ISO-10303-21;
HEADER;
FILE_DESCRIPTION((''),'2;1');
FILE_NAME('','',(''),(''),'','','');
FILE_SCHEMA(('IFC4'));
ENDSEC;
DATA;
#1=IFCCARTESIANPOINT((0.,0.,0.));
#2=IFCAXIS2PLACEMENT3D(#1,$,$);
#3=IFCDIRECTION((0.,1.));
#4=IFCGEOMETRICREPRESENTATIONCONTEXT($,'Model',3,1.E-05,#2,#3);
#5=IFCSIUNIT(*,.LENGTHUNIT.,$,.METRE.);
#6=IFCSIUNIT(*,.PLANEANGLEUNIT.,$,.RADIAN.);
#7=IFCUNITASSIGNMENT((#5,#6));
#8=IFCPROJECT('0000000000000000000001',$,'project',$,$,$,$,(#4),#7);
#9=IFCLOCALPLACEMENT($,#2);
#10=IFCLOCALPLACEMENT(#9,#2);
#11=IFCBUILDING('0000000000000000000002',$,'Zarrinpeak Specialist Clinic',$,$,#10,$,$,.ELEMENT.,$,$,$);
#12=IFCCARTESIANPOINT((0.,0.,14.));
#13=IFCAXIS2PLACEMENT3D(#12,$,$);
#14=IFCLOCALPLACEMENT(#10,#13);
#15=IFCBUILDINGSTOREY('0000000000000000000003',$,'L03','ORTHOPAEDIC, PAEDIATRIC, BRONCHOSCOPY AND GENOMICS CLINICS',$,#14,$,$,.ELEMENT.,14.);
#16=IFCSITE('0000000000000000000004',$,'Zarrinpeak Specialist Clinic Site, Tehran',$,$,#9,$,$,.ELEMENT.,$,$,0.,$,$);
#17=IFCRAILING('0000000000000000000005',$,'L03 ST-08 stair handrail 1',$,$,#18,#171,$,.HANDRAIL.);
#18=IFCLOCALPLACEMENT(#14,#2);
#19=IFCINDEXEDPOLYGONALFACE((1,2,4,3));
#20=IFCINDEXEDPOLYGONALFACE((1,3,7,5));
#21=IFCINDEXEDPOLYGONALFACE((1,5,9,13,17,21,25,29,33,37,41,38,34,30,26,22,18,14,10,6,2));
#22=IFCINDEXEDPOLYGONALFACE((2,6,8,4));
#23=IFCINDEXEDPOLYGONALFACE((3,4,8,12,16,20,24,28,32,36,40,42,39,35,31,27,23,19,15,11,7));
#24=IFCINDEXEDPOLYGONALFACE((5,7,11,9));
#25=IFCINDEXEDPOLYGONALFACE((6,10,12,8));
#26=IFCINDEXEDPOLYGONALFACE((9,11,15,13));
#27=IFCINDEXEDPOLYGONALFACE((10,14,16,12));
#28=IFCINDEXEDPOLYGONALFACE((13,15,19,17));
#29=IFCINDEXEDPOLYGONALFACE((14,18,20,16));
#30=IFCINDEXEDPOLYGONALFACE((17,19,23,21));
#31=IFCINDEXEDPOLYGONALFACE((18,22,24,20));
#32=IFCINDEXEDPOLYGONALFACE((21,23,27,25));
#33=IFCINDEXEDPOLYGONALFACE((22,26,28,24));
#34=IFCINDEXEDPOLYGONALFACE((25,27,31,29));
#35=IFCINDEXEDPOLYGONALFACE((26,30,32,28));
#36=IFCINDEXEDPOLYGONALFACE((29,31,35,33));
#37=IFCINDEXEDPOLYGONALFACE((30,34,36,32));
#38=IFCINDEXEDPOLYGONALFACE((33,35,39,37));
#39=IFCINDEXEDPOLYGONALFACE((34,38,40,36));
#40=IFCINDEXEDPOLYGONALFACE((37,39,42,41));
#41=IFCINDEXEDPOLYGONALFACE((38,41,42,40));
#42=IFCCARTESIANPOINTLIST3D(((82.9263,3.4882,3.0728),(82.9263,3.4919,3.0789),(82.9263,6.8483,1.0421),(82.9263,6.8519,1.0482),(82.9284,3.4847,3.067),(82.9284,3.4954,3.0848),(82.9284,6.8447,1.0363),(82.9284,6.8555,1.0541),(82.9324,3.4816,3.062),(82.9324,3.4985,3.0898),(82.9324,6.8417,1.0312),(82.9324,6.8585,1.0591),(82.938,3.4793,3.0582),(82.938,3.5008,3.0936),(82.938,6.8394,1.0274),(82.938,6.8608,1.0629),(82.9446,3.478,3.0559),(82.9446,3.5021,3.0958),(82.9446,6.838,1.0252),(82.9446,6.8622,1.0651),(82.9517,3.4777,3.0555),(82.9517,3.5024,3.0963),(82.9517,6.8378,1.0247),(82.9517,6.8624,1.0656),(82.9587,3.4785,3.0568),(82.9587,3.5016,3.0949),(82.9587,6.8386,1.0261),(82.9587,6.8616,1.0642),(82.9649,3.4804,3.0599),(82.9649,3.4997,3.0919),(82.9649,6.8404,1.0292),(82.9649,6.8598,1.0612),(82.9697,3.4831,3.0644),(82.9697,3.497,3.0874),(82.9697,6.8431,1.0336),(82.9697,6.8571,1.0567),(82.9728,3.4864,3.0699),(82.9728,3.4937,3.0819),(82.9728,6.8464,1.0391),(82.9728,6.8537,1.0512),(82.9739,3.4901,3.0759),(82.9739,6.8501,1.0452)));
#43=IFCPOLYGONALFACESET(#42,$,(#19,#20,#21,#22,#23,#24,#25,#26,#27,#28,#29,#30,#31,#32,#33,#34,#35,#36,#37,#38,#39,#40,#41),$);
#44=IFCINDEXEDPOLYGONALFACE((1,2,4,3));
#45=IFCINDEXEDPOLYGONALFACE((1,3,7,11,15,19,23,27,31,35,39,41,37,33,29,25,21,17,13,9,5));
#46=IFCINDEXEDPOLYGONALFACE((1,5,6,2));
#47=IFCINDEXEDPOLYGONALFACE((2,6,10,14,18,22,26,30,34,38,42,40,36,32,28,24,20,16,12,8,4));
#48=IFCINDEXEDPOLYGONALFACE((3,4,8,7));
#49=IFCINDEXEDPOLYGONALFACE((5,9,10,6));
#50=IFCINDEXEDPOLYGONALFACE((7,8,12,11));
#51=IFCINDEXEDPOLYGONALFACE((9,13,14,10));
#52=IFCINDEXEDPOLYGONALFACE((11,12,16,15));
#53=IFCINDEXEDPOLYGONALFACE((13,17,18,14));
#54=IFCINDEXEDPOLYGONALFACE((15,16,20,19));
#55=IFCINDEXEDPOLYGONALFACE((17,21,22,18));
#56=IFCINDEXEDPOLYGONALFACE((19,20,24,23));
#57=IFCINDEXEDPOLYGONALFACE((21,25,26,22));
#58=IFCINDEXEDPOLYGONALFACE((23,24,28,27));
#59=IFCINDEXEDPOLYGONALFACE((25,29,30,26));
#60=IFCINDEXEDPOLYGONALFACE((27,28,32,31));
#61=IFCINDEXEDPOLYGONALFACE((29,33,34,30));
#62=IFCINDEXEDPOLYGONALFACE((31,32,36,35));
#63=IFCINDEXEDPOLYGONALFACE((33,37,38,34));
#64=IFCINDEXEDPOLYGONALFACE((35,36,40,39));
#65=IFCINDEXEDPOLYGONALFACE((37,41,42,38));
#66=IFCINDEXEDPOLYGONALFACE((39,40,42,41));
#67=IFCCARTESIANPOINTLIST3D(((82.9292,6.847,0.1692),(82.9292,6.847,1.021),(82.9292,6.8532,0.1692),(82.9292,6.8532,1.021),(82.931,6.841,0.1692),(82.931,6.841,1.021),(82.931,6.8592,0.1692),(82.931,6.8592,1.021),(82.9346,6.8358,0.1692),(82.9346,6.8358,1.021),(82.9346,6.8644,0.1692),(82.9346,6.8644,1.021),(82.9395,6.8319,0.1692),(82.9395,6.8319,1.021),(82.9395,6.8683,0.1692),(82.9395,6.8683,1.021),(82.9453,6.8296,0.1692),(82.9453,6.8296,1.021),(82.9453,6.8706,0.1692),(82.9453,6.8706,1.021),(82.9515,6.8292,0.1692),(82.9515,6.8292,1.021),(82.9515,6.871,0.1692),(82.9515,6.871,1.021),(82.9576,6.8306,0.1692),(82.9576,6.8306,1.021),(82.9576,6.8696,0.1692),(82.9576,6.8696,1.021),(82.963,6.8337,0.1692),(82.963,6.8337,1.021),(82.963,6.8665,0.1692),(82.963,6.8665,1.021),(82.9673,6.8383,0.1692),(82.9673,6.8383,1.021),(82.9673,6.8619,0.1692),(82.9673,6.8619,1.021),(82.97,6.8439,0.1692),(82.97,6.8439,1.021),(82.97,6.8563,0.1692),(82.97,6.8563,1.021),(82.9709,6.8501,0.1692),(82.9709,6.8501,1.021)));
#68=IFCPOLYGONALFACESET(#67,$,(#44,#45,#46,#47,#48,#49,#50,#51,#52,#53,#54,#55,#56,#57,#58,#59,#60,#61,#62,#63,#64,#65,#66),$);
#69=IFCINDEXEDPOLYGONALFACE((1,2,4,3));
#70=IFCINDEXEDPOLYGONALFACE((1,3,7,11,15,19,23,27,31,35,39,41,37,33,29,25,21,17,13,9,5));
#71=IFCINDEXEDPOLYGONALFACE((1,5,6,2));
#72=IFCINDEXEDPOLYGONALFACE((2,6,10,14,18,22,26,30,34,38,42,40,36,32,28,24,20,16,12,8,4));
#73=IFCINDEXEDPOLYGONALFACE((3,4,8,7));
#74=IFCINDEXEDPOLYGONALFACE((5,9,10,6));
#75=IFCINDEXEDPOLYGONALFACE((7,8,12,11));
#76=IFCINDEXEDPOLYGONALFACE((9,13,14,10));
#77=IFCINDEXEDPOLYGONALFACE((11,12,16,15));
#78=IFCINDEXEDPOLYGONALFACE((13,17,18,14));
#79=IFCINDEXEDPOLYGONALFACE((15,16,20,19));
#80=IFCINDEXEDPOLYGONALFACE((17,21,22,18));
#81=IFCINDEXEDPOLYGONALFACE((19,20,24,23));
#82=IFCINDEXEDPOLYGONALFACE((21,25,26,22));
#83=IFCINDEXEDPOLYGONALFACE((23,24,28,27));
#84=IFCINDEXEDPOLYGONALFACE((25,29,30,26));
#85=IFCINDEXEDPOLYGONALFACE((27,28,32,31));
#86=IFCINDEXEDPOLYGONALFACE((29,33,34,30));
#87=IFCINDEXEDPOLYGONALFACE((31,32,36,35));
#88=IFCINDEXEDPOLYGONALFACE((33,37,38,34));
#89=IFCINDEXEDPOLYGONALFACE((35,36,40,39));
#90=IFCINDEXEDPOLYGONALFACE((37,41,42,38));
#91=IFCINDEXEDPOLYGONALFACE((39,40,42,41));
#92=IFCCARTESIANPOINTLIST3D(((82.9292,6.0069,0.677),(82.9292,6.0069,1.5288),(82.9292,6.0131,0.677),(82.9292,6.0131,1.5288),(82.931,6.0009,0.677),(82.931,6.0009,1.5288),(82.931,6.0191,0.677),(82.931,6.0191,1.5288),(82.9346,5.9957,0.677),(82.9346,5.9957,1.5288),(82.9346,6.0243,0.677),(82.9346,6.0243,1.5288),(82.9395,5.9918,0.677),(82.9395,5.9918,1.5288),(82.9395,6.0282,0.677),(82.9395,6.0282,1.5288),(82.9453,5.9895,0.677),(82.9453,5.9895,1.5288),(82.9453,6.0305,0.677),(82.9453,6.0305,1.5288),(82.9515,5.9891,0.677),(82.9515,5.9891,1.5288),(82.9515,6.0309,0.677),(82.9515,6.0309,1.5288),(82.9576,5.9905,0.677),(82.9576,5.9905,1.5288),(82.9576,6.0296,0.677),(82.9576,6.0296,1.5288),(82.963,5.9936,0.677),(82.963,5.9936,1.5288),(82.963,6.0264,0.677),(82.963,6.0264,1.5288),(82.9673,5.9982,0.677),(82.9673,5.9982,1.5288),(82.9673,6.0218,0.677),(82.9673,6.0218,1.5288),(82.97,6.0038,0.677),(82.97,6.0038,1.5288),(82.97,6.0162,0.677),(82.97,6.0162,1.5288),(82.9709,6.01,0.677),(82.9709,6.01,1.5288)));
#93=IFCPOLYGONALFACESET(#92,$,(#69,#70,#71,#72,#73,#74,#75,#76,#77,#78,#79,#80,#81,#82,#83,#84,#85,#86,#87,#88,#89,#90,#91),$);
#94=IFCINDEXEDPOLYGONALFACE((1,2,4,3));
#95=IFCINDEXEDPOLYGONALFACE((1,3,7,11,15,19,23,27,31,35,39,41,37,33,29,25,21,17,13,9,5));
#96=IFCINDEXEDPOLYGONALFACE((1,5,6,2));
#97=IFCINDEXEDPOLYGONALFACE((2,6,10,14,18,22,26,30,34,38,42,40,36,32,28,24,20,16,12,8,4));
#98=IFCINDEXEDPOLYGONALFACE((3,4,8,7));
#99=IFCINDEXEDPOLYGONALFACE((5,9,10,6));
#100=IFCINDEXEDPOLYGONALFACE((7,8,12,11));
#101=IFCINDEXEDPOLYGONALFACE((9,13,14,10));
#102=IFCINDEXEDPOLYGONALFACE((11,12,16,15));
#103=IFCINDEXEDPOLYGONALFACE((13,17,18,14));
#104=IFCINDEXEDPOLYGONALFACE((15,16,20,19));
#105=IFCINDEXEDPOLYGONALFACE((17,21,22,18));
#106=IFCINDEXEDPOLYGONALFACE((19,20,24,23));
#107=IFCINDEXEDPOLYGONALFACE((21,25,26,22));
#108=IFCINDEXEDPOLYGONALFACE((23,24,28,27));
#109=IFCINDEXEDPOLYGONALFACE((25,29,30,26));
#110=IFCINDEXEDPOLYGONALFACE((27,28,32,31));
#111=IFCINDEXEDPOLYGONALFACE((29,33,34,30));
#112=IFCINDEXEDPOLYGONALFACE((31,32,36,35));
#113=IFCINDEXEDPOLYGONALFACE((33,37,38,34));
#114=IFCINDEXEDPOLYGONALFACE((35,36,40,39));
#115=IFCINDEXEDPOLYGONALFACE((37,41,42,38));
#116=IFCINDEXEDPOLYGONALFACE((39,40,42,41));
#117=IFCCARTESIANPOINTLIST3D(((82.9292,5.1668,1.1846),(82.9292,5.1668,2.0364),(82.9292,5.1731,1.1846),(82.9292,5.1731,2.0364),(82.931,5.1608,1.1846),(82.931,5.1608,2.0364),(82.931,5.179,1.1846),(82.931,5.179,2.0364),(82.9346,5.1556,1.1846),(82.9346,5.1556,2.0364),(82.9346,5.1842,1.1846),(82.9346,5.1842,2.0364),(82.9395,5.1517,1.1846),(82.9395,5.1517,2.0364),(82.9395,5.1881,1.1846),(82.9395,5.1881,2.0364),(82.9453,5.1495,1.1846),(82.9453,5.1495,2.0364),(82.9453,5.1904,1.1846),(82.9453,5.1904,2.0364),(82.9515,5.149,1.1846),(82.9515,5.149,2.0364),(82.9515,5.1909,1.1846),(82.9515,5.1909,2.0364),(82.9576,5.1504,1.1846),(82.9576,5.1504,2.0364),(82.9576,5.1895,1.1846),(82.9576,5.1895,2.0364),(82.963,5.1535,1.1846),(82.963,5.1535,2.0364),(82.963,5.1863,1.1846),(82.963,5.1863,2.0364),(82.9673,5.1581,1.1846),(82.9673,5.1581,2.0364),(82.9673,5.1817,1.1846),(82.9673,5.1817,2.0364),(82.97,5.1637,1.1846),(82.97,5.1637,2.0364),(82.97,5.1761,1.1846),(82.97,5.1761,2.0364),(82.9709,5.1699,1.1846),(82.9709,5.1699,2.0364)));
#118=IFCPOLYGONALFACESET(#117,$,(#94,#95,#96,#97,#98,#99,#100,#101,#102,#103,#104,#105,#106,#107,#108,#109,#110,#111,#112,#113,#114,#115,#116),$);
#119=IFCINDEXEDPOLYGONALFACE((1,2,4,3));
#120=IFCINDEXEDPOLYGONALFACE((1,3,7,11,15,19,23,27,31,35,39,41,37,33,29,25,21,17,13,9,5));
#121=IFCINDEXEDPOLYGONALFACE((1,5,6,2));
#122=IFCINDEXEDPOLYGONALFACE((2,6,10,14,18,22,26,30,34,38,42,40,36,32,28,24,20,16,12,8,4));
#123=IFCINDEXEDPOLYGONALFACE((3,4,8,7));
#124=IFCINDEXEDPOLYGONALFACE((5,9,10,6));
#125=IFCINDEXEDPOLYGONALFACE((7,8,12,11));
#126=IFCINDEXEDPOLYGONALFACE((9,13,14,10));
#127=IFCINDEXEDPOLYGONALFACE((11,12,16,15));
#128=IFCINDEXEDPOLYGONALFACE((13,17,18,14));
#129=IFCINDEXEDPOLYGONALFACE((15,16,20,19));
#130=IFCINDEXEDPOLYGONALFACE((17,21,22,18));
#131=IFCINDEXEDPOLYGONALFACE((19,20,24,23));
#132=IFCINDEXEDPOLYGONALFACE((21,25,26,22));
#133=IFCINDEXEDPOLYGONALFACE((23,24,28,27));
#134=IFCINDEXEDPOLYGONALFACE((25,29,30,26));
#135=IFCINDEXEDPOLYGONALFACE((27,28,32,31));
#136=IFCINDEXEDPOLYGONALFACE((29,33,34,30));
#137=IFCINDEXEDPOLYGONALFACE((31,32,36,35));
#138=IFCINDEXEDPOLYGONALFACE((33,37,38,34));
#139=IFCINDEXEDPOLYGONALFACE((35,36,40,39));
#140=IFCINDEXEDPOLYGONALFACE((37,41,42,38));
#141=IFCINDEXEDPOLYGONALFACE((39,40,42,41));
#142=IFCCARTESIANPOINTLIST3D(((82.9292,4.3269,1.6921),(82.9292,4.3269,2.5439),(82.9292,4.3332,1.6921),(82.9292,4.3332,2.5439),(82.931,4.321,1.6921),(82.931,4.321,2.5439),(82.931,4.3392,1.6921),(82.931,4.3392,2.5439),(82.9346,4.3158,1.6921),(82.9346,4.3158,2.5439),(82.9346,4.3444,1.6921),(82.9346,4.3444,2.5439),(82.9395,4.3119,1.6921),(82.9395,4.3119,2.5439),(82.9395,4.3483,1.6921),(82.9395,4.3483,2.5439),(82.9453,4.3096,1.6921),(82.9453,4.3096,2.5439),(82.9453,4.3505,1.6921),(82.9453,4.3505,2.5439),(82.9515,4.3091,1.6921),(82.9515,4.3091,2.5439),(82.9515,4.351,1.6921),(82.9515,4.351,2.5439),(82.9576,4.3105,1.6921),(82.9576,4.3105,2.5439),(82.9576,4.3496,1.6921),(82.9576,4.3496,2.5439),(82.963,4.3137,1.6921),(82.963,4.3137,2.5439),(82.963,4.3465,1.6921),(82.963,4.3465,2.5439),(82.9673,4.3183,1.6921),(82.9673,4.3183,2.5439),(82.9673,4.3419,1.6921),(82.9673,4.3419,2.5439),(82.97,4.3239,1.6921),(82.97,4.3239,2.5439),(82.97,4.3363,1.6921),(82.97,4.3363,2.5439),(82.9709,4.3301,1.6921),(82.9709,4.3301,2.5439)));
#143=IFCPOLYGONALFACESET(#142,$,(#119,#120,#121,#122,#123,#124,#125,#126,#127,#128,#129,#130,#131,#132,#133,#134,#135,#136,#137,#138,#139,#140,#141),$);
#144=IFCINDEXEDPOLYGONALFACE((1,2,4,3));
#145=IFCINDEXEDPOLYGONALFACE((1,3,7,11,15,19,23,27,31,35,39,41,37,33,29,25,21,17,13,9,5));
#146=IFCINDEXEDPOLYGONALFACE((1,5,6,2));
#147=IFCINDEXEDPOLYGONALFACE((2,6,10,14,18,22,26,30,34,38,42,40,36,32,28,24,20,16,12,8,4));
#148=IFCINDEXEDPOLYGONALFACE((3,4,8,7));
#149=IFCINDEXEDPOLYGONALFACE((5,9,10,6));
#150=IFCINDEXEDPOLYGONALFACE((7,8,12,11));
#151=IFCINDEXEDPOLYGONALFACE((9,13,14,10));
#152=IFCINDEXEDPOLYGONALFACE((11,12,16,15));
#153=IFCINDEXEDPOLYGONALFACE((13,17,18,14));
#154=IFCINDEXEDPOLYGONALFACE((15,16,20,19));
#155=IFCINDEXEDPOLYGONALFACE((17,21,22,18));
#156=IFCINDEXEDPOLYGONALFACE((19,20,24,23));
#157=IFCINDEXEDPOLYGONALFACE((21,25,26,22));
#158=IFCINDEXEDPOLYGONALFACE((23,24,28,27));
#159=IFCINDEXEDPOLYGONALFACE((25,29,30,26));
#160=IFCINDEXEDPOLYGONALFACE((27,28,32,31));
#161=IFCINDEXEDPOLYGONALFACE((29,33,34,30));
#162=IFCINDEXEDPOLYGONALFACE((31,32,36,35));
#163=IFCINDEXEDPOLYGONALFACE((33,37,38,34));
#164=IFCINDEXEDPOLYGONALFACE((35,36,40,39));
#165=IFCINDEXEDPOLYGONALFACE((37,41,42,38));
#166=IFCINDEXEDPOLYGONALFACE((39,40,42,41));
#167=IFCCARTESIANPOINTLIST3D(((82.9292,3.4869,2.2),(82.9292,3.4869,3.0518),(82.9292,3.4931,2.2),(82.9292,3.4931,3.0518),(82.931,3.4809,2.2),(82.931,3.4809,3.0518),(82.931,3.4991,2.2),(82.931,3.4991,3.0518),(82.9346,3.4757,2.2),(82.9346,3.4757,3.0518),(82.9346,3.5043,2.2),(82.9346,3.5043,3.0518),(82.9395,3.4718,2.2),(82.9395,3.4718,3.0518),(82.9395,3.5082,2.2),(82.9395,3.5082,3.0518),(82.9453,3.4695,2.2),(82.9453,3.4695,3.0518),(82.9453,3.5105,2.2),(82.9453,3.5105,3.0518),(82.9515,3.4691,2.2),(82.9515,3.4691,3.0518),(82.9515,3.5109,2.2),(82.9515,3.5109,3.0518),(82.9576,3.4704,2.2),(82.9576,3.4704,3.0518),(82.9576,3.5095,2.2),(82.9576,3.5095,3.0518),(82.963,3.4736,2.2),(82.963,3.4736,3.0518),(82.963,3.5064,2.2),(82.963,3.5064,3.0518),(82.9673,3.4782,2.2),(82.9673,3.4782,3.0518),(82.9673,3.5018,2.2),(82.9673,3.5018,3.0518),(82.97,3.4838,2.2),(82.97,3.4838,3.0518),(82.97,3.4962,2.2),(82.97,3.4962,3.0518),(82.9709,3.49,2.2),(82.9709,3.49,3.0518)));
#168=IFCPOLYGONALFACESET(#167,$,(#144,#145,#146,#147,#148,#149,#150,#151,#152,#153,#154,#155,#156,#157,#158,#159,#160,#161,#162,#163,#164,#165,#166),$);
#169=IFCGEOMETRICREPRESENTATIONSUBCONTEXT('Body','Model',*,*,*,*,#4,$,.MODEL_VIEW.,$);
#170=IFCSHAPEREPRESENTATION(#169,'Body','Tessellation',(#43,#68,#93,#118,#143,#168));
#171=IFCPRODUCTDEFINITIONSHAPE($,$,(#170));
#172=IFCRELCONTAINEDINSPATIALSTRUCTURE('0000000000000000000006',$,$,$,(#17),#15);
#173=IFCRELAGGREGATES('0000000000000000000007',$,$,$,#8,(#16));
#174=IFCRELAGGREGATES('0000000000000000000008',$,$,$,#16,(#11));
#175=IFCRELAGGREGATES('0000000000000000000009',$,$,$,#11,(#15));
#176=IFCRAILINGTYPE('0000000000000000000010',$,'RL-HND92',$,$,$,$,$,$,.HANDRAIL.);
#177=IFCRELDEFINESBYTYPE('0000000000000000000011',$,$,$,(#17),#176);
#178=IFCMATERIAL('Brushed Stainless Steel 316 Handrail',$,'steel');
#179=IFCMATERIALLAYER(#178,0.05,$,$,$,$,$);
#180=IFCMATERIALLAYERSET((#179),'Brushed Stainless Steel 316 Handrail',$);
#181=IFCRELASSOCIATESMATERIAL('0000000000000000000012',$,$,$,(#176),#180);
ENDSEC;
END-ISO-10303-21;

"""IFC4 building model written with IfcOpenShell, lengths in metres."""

from ifc_helpers import new_model, si_unit, direction, frame, origin, origin_2d, place, context, subcontext, project, spatial, circle, extrude, material, layer, layer_set, type_object, element, save


model = new_model("IFC4")

# Units and contexts
model_context = context("Model", 3, precision=1e-05, world=origin(), true_north=direction((0.0, 1.0)))
body_context = subcontext(model_context, "Body", "Model", "MODEL_VIEW")
ifc_project = project(units=[si_unit("LENGTHUNIT", "METRE"), si_unit("PLANEANGLEUNIT", "RADIAN")], contexts=[model_context])

# Site, building, storey
site_placement = place(None, origin())
site = spatial("IfcSite", under=ifc_project, at=site_placement, Name="Zarrinpeak Specialist Clinic Site, Tehran", CompositionType="ELEMENT", RefElevation=0.0)
building_placement = place(site_placement, origin())
building = spatial("IfcBuilding", under=site, at=building_placement, Name="Zarrinpeak Specialist Clinic", CompositionType="ELEMENT")
storey_placement = place(building_placement, frame((0.0, 0.0, 14.0)))
storey = spatial("IfcBuildingStorey", under=building, at=storey_placement, Name="L03", Description="ORTHOPAEDIC, PAEDIATRIC, BRONCHOSCOPY AND GENOMICS CLINICS", CompositionType="ELEMENT", Elevation=14.0)

# Railing
ifc_material_1 = material(Name="Brushed Stainless Steel 316 Handrail", Category="steel")
ifc_layer_1 = layer(ifc_material_1, 0.05)
ifc_layer_set_1 = layer_set([ifc_layer_1], Name="Brushed Stainless Steel 316 Handrail")
railing_type_1 = type_object("IfcRailingType", Name="RL-HND92", PredefinedType="HANDRAIL", material=ifc_layer_set_1)
railing_1_placement = place(storey_placement, frame((82.95, 6.8501, 0.1692)))
element("IfcRailing", 1, at=railing_1_placement, inside=storey, type_object=railing_type_1, Name="L03 ST-08 stair handrail 1", PredefinedType="HANDRAIL", context=body_context, shape_type="SweptSolid", body=[
    extrude(circle(Radius=0.0239, at=origin_2d()), frame((0.0, 0.0, 0.876), z_axis=(0.0, -0.855837, 0.517246), x_axis=(1.0, 0.0, 0.0)), (0.0, 0.0, 1.0), 3.926),
    extrude(circle(Radius=0.021, at=origin_2d()), origin(), (0.0, 0.0, 1.0), 0.8518),
    extrude(circle(Radius=0.021, at=origin_2d()), frame((0.0, -0.8401, 0.5078)), (0.0, 0.0, 1.0), 0.8518),
    extrude(circle(Radius=0.021, at=origin_2d()), frame((0.0, -1.6802, 1.0154)), (0.0, 0.0, 1.0), 0.8518),
    extrude(circle(Radius=0.021, at=origin_2d()), frame((0.0, -2.52, 1.5229)), (0.0, 0.0, 1.0), 0.8518),
    extrude(circle(Radius=0.021, at=origin_2d()), frame((0.0, -3.3601, 2.0308)), (0.0, 0.0, 1.0), 0.8518),
])

save(model, "model.ifc")
